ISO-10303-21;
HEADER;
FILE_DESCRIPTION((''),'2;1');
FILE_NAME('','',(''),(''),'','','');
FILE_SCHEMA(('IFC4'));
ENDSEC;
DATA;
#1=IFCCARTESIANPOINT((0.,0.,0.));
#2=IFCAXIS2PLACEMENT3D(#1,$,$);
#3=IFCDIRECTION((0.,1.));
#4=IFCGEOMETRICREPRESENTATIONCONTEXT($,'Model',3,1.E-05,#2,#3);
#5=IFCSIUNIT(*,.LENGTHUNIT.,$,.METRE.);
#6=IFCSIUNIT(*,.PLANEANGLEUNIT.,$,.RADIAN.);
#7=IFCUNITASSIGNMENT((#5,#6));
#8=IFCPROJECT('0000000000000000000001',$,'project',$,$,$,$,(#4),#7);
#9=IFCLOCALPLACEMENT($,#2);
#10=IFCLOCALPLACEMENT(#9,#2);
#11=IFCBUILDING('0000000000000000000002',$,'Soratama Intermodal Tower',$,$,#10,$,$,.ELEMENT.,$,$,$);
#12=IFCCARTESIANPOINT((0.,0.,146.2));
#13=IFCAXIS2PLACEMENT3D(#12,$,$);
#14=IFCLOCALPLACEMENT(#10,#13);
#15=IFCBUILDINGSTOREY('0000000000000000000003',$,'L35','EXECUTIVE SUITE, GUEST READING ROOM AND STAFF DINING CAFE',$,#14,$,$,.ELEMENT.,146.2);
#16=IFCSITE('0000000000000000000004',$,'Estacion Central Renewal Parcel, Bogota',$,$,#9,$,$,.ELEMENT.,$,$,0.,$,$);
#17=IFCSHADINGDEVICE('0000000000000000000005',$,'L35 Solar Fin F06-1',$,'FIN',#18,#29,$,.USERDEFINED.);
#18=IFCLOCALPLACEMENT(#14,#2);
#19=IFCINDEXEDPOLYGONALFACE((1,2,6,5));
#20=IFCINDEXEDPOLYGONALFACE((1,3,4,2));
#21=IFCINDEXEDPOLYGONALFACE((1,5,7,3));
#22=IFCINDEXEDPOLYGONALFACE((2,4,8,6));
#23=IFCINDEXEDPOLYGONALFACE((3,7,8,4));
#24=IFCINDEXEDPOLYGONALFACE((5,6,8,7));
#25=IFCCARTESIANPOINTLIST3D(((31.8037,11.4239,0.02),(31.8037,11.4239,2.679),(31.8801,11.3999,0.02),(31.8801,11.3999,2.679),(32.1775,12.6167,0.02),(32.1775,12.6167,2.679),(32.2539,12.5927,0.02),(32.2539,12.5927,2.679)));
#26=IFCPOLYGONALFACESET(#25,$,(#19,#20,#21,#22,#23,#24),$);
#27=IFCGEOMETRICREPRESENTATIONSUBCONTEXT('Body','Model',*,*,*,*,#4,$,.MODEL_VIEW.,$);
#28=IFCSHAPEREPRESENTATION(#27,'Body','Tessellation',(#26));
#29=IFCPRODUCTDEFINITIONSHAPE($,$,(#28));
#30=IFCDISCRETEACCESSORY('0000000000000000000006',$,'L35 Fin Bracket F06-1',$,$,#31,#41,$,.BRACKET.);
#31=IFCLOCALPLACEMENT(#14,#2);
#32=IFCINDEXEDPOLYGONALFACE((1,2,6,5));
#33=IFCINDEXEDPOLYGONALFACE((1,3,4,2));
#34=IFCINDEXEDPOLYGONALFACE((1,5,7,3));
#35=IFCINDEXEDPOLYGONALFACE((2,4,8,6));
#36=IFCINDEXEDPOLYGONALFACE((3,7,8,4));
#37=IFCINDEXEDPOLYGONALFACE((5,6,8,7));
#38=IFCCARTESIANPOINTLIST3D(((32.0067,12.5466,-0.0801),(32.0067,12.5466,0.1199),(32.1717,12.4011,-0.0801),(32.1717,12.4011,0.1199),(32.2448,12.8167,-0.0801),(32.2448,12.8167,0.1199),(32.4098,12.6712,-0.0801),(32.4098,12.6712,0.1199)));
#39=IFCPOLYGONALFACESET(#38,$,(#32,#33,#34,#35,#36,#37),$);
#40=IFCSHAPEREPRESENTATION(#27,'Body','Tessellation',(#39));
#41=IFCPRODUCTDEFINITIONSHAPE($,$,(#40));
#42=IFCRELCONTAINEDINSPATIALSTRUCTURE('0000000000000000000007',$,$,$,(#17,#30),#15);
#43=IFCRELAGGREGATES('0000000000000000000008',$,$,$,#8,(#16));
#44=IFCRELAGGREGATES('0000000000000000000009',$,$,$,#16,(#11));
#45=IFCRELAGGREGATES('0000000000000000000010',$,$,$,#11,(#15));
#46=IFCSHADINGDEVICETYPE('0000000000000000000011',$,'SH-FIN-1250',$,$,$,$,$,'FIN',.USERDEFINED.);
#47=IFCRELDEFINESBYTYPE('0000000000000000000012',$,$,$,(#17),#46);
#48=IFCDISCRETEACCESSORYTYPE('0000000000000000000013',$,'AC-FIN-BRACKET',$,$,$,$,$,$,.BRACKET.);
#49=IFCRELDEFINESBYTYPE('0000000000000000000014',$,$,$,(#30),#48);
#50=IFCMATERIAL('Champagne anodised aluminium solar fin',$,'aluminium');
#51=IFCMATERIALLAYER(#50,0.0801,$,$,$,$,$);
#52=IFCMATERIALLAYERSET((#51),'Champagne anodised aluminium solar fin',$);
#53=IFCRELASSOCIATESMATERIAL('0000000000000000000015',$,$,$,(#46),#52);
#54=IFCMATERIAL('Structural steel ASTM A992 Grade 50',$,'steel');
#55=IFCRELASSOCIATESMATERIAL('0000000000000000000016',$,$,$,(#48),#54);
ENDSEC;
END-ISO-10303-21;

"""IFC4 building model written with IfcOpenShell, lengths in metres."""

from ifc_helpers import new_model, si_unit, direction, frame, origin, origin_2d, place, context, subcontext, project, spatial, rectangle, extrude, material, layer, layer_set, type_object, element, save


model = new_model("IFC4")

# Units and contexts
model_context = context("Model", 3, precision=1e-05, world=origin(), true_north=direction((0.0, 1.0)))
body_context = subcontext(model_context, "Body", "Model", "MODEL_VIEW")
ifc_project = project(units=[si_unit("LENGTHUNIT", "METRE"), si_unit("PLANEANGLEUNIT", "RADIAN")], contexts=[model_context])

# Site, building, storey
site_placement = place(None, origin())
site = spatial("IfcSite", under=ifc_project, at=site_placement, Name="Estacion Central Renewal Parcel, Bogota", CompositionType="ELEMENT", RefElevation=0.0)
building_placement = place(site_placement, origin())
building = spatial("IfcBuilding", under=site, at=building_placement, Name="Soratama Intermodal Tower", CompositionType="ELEMENT")
storey_placement = place(building_placement, frame((0.0, 0.0, 146.2)))
storey = spatial("IfcBuildingStorey", under=building, at=storey_placement, Name="L35", Description="EXECUTIVE SUITE, GUEST READING ROOM AND STAFF DINING CAFE", CompositionType="ELEMENT", Elevation=146.2)

# Shading device
ifc_material_1 = material(Name="Champagne anodised aluminium solar fin", Category="aluminium")
ifc_layer_1 = layer(ifc_material_1, 0.0801)
ifc_layer_set_1 = layer_set([ifc_layer_1], Name="Champagne anodised aluminium solar fin")
shading_device_type = type_object("IfcShadingDeviceType", Name="SH-FIN-1250", ElementType="FIN", PredefinedType="USERDEFINED", material=ifc_layer_set_1)
shading_device_placement = place(storey_placement, frame((32.0288, 12.0083, 0.02), z_axis=(0.0, 0.0, 1.0), x_axis=(-0.299041, -0.95424, 0.0)))
element("IfcShadingDevice", 1, at=shading_device_placement, inside=storey, type_object=shading_device_type, Name="L35 Solar Fin F06-1", ObjectType="FIN", PredefinedType="USERDEFINED", context=body_context, shape_type="SweptSolid", body=[
    extrude(rectangle(XDim=1.25, YDim=0.0801, at=origin_2d()), origin(), (0.0, 0.0, 1.0), 2.6589),
])

# Discrete accessory
ifc_material_2 = material(Name="Structural steel ASTM A992 Grade 50", Category="steel")
discrete_accessory_type = type_object("IfcDiscreteAccessoryType", Name="AC-FIN-BRACKET", PredefinedType="BRACKET", material=ifc_material_2)
discrete_accessory_placement = place(storey_placement, frame((32.2083, 12.6089, -0.0801), z_axis=(0.0, 0.0, 1.0), x_axis=(-0.661312, -0.750111, 0.0)))
element("IfcDiscreteAccessory", 2, at=discrete_accessory_placement, inside=storey, type_object=discrete_accessory_type, Name="L35 Fin Bracket F06-1", PredefinedType="BRACKET", context=body_context, shape_type="SweptSolid", body=[
    extrude(rectangle(XDim=0.3601, YDim=0.22, at=origin_2d()), origin(), (0.0, 0.0, 1.0), 0.2),
])

save(model, "model.ifc")
